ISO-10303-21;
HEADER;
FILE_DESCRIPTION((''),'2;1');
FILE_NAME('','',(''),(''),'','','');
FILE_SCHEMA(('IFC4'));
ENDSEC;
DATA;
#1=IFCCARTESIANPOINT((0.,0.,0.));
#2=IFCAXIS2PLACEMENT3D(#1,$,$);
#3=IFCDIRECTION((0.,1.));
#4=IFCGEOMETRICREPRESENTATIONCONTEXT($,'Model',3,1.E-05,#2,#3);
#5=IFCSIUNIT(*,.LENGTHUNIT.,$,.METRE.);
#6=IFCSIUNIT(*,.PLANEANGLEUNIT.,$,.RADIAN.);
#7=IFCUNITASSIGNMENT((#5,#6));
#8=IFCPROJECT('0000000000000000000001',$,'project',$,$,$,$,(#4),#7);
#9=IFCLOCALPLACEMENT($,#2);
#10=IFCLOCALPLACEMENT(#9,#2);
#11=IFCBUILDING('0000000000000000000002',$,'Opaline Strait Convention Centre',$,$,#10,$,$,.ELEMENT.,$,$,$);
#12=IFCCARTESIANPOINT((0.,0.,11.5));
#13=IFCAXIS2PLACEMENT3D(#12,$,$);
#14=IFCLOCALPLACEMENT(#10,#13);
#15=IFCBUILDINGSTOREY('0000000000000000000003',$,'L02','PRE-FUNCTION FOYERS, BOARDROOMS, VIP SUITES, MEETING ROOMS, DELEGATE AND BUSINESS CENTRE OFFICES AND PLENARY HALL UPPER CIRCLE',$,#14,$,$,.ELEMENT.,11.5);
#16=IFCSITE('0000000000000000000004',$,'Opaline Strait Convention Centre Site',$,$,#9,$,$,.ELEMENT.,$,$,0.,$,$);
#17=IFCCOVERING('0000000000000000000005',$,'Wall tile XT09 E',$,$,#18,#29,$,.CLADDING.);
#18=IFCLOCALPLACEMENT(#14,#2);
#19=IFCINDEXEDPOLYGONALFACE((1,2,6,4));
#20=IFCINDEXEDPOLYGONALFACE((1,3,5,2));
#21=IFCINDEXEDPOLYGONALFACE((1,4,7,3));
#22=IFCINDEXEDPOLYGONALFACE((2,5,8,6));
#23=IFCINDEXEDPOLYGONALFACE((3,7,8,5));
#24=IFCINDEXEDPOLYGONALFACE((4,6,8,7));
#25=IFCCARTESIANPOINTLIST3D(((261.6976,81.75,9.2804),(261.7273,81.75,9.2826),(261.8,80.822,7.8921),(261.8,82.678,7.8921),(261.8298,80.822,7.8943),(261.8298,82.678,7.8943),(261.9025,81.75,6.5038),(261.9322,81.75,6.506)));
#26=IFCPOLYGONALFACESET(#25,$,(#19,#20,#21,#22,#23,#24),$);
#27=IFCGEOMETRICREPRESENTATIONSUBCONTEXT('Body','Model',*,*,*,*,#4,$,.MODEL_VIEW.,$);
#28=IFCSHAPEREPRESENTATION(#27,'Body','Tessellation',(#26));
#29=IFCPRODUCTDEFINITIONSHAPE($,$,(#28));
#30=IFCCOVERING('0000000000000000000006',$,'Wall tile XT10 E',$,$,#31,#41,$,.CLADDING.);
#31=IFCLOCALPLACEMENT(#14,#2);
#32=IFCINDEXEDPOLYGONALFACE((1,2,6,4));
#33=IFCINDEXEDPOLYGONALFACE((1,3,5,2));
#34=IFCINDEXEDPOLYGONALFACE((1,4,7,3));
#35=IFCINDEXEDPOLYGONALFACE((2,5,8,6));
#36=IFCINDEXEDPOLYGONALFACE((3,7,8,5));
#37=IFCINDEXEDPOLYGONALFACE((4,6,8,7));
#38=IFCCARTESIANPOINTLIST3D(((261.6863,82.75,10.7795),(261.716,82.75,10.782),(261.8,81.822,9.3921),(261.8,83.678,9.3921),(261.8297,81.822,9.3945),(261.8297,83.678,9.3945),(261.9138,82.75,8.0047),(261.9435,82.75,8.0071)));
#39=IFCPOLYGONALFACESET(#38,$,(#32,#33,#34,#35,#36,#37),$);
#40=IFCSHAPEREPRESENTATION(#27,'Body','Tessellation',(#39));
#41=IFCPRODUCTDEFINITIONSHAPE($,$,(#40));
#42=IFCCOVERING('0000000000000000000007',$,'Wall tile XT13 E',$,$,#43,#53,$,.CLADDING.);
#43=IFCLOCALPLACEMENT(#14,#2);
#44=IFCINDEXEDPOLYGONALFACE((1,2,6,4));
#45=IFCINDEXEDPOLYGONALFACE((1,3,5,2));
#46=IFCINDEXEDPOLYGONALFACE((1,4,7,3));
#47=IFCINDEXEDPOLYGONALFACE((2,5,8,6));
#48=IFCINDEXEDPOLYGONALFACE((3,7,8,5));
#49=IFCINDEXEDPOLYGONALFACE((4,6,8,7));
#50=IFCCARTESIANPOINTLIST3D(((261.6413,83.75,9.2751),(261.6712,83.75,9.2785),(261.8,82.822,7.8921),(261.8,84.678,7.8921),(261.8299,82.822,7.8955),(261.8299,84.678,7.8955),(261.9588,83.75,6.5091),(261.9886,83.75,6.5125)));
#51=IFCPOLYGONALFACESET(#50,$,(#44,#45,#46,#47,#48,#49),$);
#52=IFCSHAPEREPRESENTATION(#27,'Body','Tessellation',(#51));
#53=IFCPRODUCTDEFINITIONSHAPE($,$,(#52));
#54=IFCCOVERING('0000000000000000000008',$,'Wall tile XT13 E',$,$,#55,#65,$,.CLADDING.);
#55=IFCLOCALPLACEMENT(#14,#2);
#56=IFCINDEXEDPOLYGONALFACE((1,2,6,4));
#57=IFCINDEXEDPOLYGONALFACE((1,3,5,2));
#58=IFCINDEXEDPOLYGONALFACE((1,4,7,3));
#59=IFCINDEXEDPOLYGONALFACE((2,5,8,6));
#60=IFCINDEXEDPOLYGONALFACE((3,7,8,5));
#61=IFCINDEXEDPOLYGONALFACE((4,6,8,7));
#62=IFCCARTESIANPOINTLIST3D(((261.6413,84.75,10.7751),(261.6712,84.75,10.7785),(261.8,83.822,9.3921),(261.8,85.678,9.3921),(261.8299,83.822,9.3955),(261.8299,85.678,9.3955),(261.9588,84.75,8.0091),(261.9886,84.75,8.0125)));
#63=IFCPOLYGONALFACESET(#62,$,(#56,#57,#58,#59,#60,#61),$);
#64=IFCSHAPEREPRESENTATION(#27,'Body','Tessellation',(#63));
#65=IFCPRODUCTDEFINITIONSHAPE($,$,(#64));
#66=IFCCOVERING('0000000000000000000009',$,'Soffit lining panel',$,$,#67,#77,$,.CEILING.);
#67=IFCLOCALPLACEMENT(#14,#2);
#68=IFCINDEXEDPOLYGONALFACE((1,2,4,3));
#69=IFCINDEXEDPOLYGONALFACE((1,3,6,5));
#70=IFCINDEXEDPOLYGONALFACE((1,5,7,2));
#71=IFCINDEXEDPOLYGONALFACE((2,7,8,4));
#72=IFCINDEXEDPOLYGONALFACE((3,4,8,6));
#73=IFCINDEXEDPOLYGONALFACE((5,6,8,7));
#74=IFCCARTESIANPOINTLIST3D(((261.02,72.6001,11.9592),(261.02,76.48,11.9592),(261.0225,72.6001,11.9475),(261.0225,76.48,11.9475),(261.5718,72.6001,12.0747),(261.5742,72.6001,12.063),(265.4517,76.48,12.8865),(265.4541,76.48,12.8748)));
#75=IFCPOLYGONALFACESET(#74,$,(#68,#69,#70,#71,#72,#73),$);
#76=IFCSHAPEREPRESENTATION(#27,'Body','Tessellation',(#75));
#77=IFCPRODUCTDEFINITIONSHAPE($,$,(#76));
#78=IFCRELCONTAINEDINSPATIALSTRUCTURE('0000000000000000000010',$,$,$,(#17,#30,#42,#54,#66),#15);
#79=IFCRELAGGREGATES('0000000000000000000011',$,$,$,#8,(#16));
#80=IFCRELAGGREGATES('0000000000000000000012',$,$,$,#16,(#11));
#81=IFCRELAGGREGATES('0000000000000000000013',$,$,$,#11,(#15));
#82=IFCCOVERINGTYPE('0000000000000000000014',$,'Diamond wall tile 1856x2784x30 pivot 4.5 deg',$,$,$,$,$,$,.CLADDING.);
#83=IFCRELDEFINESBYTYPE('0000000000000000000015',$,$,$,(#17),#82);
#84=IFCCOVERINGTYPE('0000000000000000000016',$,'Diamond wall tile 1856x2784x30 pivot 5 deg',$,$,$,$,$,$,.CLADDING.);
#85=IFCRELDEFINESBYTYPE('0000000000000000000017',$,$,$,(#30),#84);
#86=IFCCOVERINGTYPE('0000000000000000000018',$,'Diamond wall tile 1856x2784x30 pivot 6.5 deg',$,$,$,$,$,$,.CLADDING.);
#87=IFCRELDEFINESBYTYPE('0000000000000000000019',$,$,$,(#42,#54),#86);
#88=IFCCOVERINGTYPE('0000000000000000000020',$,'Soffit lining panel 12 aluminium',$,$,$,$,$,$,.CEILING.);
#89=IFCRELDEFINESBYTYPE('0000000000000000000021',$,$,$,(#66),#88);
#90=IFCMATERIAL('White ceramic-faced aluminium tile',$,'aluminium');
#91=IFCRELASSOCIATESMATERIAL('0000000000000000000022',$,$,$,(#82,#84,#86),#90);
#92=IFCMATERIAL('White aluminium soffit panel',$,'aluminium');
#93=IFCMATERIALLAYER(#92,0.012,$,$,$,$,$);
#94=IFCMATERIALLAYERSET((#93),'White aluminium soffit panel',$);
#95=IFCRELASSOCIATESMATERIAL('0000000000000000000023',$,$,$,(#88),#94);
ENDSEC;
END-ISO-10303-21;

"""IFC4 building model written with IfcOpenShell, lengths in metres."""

from ifc_helpers import new_model, si_unit, direction, frame, origin, place, context, subcontext, project, spatial, polyline, outline, extrude, material, layer, layer_set, material_profile, profile_set, type_object, element, save


model = new_model("IFC4")

# Units and contexts
model_context = context("Model", 3, precision=1e-05, world=origin(), true_north=direction((0.0, 1.0)))
body_context = subcontext(model_context, "Body", "Model", "MODEL_VIEW")
ifc_project = project(units=[si_unit("LENGTHUNIT", "METRE"), si_unit("PLANEANGLEUNIT", "RADIAN")], contexts=[model_context])

# Site, building, storey
site_placement = place(None, origin())
site = spatial("IfcSite", under=ifc_project, at=site_placement, Name="Opaline Strait Convention Centre Site", CompositionType="ELEMENT", RefElevation=0.0)
building_placement = place(site_placement, origin())
building = spatial("IfcBuilding", under=site, at=building_placement, Name="Opaline Strait Convention Centre", CompositionType="ELEMENT")
storey_placement = place(building_placement, frame((0.0, 0.0, 11.5)))
storey = spatial("IfcBuildingStorey", under=building, at=storey_placement, Name="L02", Description="PRE-FUNCTION FOYERS, BOARDROOMS, VIP SUITES, MEETING ROOMS, DELEGATE AND BUSINESS CENTRE OFFICES AND PLENARY HALL UPPER CIRCLE", CompositionType="ELEMENT", Elevation=11.5)

# Coverings
ifc_material_1 = material(Name="White ceramic-faced aluminium tile", Category="aluminium")
ifc_material_profile_1 = material_profile(ifc_material_1, outline(polyline([(0.928, 0.0), (0.0, 1.3921), (-0.928, 0.0), (0.0, -1.3921), (0.928, 0.0)])), Name="Diamond tile 1856x2784")
ifc_profile_set_1 = profile_set([ifc_material_profile_1], Name="White ceramic-faced aluminium tile")
covering_type_1 = type_object("IfcCoveringType", Name="Diamond wall tile 1856x2784x30 pivot 4.5 deg", PredefinedType="CLADDING", material=ifc_profile_set_1)
covering_1_placement = place(storey_placement, frame((261.8, 81.75, 7.8921), z_axis=(0.99729, 0.0, 0.073571), x_axis=(0.0, 1.0, 0.0)))
element("IfcCovering", 1, at=covering_1_placement, inside=storey, type_object=covering_type_1, Name="Wall tile XT09 E", PredefinedType="CLADDING", context=body_context, shape_type="SweptSolid", body=[
    extrude(outline(polyline([(0.928, 0.0), (0.0, 1.3921), (-0.928, 0.0), (0.0, -1.3921), (0.928, 0.0)])), origin(), (0.0, 0.0, 1.0), 0.0298),
])
ifc_material_profile_2 = material_profile(ifc_material_1, outline(polyline([(0.928, 0.0), (0.0, 1.3921), (-0.928, 0.0), (0.0, -1.3921), (0.928, 0.0)])), Name="Diamond tile 1856x2784")
ifc_profile_set_2 = profile_set([ifc_material_profile_2], Name="White ceramic-faced aluminium tile")
covering_type_2 = type_object("IfcCoveringType", Name="Diamond wall tile 1856x2784x30 pivot 5 deg", PredefinedType="CLADDING", material=ifc_profile_set_2)
covering_2_placement = place(storey_placement, frame((261.8, 82.75, 9.3921), z_axis=(0.996658, 0.0, 0.081693), x_axis=(0.0, 1.0, 0.0)))
element("IfcCovering", 2, at=covering_2_placement, inside=storey, type_object=covering_type_2, Name="Wall tile XT10 E", PredefinedType="CLADDING", context=body_context, shape_type="SweptSolid", body=[
    extrude(outline(polyline([(0.928, 0.0), (0.0, 1.3921), (-0.928, 0.0), (0.0, -1.3921), (0.928, 0.0)])), origin(), (0.0, 0.0, 1.0), 0.0298),
])
ifc_material_profile_3 = material_profile(ifc_material_1, outline(polyline([(0.928, 0.0), (0.0, 1.3921), (-0.928, 0.0), (0.0, -1.3921), (0.928, 0.0)])), Name="Diamond tile 1856x2784")
ifc_profile_set_3 = profile_set([ifc_material_profile_3], Name="White ceramic-faced aluminium tile")
covering_type_3 = type_object("IfcCoveringType", Name="Diamond wall tile 1856x2784x30 pivot 6.5 deg", PredefinedType="CLADDING", material=ifc_profile_set_3)
for number, where, z_axis, x_axis, name in (
    (3, (261.8, 83.75, 7.8921), (0.99348, 0.0, 0.114006), (0.0, 1.0, 0.0), "Wall tile XT13 E"),
    (4, (261.8, 84.75, 9.3921), (0.99348, 0.0, 0.114006), (0.0, 1.0, 0.0), "Wall tile XT13 E"),
):
    element("IfcCovering", number, at=place(storey_placement, frame(where, z_axis=z_axis, x_axis=x_axis)), inside=storey, type_object=covering_type_3, Name=name, PredefinedType="CLADDING", context=body_context, shape_type="SweptSolid", body=[
        extrude(outline(polyline([(0.928, 0.0), (0.0, 1.3921), (-0.928, 0.0), (0.0, -1.3921), (0.928, 0.0)])), origin(), (0.0, 0.0, 1.0), 0.03),
    ])
ifc_material_2 = material(Name="White aluminium soffit panel", Category="aluminium")
ifc_layer_1 = layer(ifc_material_2, 0.012)
ifc_layer_set_1 = layer_set([ifc_layer_1], Name="White aluminium soffit panel")
covering_type_4 = type_object("IfcCoveringType", Name="Soffit lining panel 12 aluminium", PredefinedType="CEILING", material=ifc_layer_set_1)
covering_3_placement = place(storey_placement, frame((265.4517, 76.48, 12.8865), z_axis=(-0.204804, 0.000007, 0.978803), x_axis=(-0.699492, -0.699493, -0.146356)))
element("IfcCovering", 5, at=covering_3_placement, inside=storey, type_object=covering_type_4, Name="Soffit lining panel", PredefinedType="CEILING", context=body_context, shape_type="SweptSolid", body=[
    extrude(outline(polyline([(0.0, 0.0), (5.5467, 0.0), (5.9496, -0.3943), (3.2356, -3.167), (0.0, 0.0)])), origin(), (0.0, 0.0, -1.0), 0.012),
])

save(model, "model.ifc")
